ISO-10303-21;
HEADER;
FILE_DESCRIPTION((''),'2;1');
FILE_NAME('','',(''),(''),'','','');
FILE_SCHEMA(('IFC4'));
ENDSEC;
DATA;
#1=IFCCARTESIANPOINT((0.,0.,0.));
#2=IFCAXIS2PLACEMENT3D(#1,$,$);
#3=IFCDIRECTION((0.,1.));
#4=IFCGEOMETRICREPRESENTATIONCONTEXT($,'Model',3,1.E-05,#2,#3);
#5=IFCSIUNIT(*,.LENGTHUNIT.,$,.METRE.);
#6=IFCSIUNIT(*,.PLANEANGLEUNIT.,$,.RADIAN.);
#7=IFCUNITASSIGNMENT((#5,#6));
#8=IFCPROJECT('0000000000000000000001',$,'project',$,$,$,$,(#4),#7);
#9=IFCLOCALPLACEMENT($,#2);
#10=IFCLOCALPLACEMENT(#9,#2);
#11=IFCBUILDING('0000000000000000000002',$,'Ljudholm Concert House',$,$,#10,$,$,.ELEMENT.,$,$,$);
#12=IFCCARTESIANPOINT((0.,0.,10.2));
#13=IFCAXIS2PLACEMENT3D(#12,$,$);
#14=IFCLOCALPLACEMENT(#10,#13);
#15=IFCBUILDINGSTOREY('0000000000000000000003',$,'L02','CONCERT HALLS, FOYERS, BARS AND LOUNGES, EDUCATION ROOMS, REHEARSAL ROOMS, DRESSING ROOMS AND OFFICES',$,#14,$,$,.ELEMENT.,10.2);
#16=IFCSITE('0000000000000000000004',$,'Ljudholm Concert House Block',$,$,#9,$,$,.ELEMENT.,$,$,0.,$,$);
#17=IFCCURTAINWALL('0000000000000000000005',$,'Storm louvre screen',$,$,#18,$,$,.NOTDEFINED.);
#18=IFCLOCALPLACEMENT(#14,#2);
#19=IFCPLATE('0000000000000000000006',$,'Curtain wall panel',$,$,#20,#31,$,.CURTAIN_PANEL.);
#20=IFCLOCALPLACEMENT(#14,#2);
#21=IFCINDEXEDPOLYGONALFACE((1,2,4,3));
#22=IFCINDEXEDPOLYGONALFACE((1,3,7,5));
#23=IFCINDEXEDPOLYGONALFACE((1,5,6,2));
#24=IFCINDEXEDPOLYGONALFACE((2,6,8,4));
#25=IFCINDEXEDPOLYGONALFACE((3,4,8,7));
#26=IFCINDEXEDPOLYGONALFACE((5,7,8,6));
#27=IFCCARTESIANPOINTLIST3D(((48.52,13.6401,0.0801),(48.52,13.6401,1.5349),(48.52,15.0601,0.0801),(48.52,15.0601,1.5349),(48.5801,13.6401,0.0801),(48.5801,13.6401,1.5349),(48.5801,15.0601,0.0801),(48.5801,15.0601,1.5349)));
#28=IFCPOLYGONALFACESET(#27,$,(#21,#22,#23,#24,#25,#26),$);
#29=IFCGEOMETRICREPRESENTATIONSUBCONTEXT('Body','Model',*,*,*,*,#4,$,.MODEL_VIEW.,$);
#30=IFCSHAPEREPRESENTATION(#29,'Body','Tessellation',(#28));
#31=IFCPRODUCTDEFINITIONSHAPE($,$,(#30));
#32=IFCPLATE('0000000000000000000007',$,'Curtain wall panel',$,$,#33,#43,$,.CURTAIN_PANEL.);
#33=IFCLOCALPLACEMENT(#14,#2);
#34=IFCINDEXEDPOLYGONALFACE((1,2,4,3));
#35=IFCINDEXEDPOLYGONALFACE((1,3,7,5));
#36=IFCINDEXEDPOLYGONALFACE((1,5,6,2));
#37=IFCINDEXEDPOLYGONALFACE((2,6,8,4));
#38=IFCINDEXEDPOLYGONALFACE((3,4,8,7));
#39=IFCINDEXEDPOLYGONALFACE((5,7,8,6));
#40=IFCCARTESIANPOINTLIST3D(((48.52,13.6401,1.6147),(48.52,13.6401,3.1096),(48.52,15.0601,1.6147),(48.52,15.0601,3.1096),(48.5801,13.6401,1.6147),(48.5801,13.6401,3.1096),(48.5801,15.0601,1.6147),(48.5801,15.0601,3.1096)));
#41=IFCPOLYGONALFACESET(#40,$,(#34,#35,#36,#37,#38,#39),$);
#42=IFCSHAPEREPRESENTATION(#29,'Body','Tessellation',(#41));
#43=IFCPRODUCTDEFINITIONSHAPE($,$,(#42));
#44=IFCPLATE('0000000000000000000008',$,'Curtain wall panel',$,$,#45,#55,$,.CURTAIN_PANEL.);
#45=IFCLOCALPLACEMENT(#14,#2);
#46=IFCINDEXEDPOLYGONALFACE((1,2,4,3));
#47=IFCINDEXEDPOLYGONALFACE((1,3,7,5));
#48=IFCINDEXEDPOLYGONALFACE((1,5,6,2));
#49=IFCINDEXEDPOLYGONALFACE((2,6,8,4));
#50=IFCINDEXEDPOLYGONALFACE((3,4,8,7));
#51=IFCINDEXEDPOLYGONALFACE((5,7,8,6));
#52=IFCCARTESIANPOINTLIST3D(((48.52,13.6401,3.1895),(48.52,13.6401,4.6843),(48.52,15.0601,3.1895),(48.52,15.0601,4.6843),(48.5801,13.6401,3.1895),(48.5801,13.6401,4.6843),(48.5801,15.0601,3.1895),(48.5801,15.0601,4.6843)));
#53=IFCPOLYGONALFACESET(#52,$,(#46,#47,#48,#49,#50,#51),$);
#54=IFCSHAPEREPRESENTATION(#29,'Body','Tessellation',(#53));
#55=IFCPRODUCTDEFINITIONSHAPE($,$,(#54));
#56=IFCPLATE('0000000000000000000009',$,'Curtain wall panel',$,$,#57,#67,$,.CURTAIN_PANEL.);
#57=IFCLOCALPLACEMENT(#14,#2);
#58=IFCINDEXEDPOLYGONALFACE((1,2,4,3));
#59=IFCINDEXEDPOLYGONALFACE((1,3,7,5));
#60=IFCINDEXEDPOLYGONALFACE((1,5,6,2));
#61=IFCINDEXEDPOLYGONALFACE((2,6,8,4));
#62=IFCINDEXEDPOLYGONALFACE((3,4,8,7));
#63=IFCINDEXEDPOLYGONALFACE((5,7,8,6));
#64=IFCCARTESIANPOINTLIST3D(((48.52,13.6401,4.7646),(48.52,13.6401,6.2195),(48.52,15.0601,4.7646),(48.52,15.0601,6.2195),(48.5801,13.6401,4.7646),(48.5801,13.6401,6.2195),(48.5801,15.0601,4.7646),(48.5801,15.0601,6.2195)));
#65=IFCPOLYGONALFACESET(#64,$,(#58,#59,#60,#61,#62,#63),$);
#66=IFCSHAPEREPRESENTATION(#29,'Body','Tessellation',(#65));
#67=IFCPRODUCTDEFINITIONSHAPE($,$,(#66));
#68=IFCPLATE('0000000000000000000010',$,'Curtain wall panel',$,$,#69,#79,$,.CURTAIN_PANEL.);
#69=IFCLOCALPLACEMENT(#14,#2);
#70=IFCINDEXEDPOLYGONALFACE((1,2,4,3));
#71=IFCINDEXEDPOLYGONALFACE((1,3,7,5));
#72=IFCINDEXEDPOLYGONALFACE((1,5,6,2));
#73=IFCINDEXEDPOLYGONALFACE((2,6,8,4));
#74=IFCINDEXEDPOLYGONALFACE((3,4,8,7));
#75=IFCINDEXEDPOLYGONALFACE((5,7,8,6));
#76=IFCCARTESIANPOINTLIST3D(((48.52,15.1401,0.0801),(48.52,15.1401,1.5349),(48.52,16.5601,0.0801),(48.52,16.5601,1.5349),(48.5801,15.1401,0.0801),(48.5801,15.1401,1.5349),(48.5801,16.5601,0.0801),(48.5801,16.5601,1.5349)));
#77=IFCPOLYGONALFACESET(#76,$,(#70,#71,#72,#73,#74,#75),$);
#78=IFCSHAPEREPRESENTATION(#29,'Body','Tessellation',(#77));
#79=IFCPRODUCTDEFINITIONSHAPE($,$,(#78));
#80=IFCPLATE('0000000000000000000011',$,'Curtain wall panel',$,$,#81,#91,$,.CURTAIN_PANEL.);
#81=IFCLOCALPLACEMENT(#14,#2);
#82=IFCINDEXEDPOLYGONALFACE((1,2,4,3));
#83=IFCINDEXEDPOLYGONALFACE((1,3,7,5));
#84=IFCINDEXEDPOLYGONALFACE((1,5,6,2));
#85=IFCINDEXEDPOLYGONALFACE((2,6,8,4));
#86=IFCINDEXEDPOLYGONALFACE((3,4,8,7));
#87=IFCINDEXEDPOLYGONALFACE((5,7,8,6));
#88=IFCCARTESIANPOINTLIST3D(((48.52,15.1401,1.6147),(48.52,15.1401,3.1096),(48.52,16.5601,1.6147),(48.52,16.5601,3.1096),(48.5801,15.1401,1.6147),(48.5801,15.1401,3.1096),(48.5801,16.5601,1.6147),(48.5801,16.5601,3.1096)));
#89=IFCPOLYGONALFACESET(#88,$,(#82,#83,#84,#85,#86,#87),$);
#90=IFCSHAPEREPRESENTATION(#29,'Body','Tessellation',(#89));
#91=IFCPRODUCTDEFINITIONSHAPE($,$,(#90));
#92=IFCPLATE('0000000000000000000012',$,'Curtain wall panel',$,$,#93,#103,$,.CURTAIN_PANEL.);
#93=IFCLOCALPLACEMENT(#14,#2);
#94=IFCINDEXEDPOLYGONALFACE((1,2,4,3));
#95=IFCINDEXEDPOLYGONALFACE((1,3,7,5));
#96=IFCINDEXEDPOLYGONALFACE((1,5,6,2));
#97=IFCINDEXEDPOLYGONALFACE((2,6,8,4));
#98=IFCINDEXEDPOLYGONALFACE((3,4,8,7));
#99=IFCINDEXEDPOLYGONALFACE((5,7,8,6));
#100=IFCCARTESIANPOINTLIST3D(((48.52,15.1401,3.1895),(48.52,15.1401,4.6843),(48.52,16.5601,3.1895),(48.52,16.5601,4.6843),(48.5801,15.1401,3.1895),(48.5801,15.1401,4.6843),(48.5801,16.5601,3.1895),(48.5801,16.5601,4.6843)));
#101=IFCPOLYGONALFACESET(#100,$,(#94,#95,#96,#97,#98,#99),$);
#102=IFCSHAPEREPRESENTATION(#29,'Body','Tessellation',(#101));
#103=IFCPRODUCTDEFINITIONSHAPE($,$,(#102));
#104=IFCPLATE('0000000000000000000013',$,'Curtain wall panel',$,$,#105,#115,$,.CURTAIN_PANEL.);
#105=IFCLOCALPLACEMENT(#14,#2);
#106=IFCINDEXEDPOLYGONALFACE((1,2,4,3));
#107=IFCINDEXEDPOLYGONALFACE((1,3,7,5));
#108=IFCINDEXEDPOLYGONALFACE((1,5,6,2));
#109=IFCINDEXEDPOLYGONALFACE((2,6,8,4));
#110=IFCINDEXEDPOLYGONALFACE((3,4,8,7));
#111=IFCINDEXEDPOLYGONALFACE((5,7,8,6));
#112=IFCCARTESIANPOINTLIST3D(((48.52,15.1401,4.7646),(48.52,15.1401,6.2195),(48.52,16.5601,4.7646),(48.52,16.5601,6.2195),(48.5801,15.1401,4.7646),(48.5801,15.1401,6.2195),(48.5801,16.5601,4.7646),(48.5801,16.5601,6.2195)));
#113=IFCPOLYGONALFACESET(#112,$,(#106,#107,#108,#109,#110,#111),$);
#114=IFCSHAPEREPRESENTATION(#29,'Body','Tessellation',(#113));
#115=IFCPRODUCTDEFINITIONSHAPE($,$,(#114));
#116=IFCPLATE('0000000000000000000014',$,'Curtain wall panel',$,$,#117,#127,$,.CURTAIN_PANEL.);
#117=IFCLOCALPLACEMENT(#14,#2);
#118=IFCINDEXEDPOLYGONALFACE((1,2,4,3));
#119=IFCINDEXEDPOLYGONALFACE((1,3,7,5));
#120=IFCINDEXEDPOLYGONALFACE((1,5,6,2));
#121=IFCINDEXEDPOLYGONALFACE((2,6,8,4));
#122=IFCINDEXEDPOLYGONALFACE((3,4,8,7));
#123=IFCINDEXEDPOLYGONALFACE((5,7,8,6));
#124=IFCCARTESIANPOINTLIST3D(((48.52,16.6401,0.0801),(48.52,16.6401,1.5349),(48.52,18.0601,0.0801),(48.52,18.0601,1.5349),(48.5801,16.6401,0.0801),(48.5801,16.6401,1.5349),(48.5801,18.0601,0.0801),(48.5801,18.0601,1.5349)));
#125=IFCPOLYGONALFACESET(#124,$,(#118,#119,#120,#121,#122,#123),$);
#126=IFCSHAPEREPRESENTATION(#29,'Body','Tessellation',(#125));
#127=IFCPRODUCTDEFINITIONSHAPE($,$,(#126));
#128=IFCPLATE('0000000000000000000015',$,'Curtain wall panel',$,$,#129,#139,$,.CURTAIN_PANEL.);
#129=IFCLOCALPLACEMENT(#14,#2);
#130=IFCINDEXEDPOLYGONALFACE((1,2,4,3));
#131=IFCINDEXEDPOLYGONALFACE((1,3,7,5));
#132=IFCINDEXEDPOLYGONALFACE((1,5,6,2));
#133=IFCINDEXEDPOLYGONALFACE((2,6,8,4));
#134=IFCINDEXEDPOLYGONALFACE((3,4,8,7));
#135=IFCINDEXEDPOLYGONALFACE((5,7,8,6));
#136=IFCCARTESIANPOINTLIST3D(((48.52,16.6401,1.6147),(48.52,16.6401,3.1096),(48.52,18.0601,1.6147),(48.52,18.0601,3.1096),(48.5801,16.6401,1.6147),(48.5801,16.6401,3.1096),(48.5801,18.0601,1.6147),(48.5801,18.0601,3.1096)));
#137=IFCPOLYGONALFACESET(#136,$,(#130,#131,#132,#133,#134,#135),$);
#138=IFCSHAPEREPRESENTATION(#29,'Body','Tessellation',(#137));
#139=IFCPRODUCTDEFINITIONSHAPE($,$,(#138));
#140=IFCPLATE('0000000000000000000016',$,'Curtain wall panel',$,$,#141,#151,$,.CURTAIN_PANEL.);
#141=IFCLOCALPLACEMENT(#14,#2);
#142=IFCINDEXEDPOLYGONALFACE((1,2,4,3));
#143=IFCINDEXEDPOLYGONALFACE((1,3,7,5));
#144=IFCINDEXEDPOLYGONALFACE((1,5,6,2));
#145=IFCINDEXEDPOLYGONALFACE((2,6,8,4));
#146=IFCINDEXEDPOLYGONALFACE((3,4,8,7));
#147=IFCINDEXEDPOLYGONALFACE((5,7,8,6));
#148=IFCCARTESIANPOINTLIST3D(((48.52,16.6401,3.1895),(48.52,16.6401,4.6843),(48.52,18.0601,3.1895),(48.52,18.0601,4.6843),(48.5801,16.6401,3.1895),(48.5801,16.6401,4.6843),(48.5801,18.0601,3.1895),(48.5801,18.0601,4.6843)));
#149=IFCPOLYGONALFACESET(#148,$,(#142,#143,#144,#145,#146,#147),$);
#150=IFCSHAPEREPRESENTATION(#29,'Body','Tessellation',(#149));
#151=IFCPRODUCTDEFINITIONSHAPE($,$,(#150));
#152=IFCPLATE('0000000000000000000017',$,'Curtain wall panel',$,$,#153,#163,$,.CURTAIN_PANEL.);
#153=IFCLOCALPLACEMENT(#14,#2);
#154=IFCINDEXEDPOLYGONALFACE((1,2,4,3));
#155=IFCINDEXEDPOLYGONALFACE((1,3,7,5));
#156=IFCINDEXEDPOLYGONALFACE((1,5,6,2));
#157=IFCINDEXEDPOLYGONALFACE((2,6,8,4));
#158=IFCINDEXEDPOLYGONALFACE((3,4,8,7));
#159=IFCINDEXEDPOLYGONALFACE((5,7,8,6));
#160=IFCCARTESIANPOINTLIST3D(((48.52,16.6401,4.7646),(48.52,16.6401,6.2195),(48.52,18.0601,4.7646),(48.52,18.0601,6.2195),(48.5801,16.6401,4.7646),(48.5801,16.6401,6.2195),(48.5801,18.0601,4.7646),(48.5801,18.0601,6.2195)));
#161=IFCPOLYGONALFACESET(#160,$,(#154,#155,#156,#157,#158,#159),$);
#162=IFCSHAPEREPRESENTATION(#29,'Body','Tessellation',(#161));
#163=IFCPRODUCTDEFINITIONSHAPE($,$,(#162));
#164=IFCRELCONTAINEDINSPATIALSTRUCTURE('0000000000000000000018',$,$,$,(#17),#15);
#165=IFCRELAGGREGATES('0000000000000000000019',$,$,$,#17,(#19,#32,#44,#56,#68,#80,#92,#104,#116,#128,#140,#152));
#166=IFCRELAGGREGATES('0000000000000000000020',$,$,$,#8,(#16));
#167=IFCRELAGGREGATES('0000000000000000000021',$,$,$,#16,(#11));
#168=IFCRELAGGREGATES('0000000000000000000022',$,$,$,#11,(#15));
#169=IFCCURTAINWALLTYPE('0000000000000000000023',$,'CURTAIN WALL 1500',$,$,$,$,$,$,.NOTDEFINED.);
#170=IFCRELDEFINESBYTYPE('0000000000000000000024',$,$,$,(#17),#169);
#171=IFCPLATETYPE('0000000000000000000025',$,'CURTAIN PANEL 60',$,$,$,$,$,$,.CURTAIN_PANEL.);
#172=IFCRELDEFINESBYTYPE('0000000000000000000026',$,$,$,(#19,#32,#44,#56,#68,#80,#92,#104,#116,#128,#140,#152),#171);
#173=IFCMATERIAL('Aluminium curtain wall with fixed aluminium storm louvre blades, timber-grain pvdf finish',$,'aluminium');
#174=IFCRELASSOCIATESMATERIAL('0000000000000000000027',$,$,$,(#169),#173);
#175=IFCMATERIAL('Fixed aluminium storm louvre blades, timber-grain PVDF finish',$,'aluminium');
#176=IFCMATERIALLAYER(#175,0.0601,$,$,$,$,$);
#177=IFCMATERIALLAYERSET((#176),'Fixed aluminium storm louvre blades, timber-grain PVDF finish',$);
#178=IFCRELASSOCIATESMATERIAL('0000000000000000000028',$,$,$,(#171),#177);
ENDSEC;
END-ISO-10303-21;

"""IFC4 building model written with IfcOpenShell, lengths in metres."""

from ifc_helpers import new_model, si_unit, direction, frame, origin, origin_2d, place, context, subcontext, project, spatial, rectangle, extrude, material, layer, layer_set, type_object, element, aggregate, save


model = new_model("IFC4")

# Units and contexts
model_context = context("Model", 3, precision=1e-05, world=origin(), true_north=direction((0.0, 1.0)))
body_context = subcontext(model_context, "Body", "Model", "MODEL_VIEW")
ifc_project = project(units=[si_unit("LENGTHUNIT", "METRE"), si_unit("PLANEANGLEUNIT", "RADIAN")], contexts=[model_context])

# Site, building, storey
site_placement = place(None, origin())
site = spatial("IfcSite", under=ifc_project, at=site_placement, Name="Ljudholm Concert House Block", CompositionType="ELEMENT", RefElevation=0.0)
building_placement = place(site_placement, origin())
building = spatial("IfcBuilding", under=site, at=building_placement, Name="Ljudholm Concert House", CompositionType="ELEMENT")
storey_placement = place(building_placement, frame((0.0, 0.0, 10.2)))
storey = spatial("IfcBuildingStorey", under=building, at=storey_placement, Name="L02", Description="CONCERT HALLS, FOYERS, BARS AND LOUNGES, EDUCATION ROOMS, REHEARSAL ROOMS, DRESSING ROOMS AND OFFICES", CompositionType="ELEMENT", Elevation=10.2)

# Curtain wall, plates
ifc_material_1 = material(Name="Aluminium curtain wall with fixed aluminium storm louvre blades, timber-grain pvdf finish", Category="aluminium")
curtain_wall_type = type_object("IfcCurtainWallType", Name="CURTAIN WALL 1500", PredefinedType="NOTDEFINED", material=ifc_material_1)
curtain_wall_placement = place(storey_placement, origin())
curtain_wall = element("IfcCurtainWall", 1, at=curtain_wall_placement, inside=storey, type_object=curtain_wall_type, Name="Storm louvre screen", PredefinedType="NOTDEFINED")
ifc_material_2 = material(Name="Fixed aluminium storm louvre blades, timber-grain PVDF finish", Category="aluminium")
ifc_layer = layer(ifc_material_2, 0.0601)
ifc_layer_set = layer_set([ifc_layer], Name="Fixed aluminium storm louvre blades, timber-grain PVDF finish")
plate_type = type_object("IfcPlateType", Name="CURTAIN PANEL 60", PredefinedType="CURTAIN_PANEL", material=ifc_layer_set)
plate_1_placement = place(storey_placement, frame((48.55, 14.3501, 0.0801), z_axis=(0.0, 0.0, 1.0), x_axis=(0.0, 1.0, 0.0)))
plate_1 = element("IfcPlate", 2, at=plate_1_placement, type_object=plate_type, Name="Curtain wall panel", PredefinedType="CURTAIN_PANEL", context=body_context, shape_type="SweptSolid", body=[
    extrude(rectangle(XDim=1.4199, YDim=0.0601, at=origin_2d()), origin(), (0.0, 0.0, 1.0), 1.4548),
])
plate_2_placement = place(storey_placement, frame((48.55, 14.3501, 1.6147), z_axis=(0.0, 0.0, 1.0), x_axis=(0.0, 1.0, 0.0)))
plate_2 = element("IfcPlate", 3, at=plate_2_placement, type_object=plate_type, Name="Curtain wall panel", PredefinedType="CURTAIN_PANEL", context=body_context, shape_type="SweptSolid", body=[
    extrude(rectangle(XDim=1.4199, YDim=0.0601, at=origin_2d()), origin(), (0.0, 0.0, 1.0), 1.4949),
])
plate_3_placement = place(storey_placement, frame((48.55, 14.3501, 3.1895), z_axis=(0.0, 0.0, 1.0), x_axis=(0.0, 1.0, 0.0)))
plate_3 = element("IfcPlate", 4, at=plate_3_placement, type_object=plate_type, Name="Curtain wall panel", PredefinedType="CURTAIN_PANEL", context=body_context, shape_type="SweptSolid", body=[
    extrude(rectangle(XDim=1.4199, YDim=0.0601, at=origin_2d()), origin(), (0.0, 0.0, 1.0), 1.4949),
])
plate_4_placement = place(storey_placement, frame((48.55, 14.3501, 4.7646), z_axis=(0.0, 0.0, 1.0), x_axis=(0.0, 1.0, 0.0)))
plate_4 = element("IfcPlate", 5, at=plate_4_placement, type_object=plate_type, Name="Curtain wall panel", PredefinedType="CURTAIN_PANEL", context=body_context, shape_type="SweptSolid", body=[
    extrude(rectangle(XDim=1.4199, YDim=0.0601, at=origin_2d()), origin(), (0.0, 0.0, 1.0), 1.4548),
])
plate_5_placement = place(storey_placement, frame((48.55, 15.8501, 0.0801), z_axis=(0.0, 0.0, 1.0), x_axis=(0.0, 1.0, 0.0)))
plate_5 = element("IfcPlate", 6, at=plate_5_placement, type_object=plate_type, Name="Curtain wall panel", PredefinedType="CURTAIN_PANEL", context=body_context, shape_type="SweptSolid", body=[
    extrude(rectangle(XDim=1.4199, YDim=0.0601, at=origin_2d()), origin(), (0.0, 0.0, 1.0), 1.4548),
])
plate_6_placement = place(storey_placement, frame((48.55, 15.8501, 1.6147), z_axis=(0.0, 0.0, 1.0), x_axis=(0.0, 1.0, 0.0)))
plate_6 = element("IfcPlate", 7, at=plate_6_placement, type_object=plate_type, Name="Curtain wall panel", PredefinedType="CURTAIN_PANEL", context=body_context, shape_type="SweptSolid", body=[
    extrude(rectangle(XDim=1.4199, YDim=0.0601, at=origin_2d()), origin(), (0.0, 0.0, 1.0), 1.4949),
])
plate_7_placement = place(storey_placement, frame((48.55, 15.8501, 3.1895), z_axis=(0.0, 0.0, 1.0), x_axis=(0.0, 1.0, 0.0)))
plate_7 = element("IfcPlate", 8, at=plate_7_placement, type_object=plate_type, Name="Curtain wall panel", PredefinedType="CURTAIN_PANEL", context=body_context, shape_type="SweptSolid", body=[
    extrude(rectangle(XDim=1.4199, YDim=0.0601, at=origin_2d()), origin(), (0.0, 0.0, 1.0), 1.4949),
])
plate_8_placement = place(storey_placement, frame((48.55, 15.8501, 4.7646), z_axis=(0.0, 0.0, 1.0), x_axis=(0.0, 1.0, 0.0)))
plate_8 = element("IfcPlate", 9, at=plate_8_placement, type_object=plate_type, Name="Curtain wall panel", PredefinedType="CURTAIN_PANEL", context=body_context, shape_type="SweptSolid", body=[
    extrude(rectangle(XDim=1.4199, YDim=0.0601, at=origin_2d()), origin(), (0.0, 0.0, 1.0), 1.4548),
])
plate_9_placement = place(storey_placement, frame((48.55, 17.3501, 0.0801), z_axis=(0.0, 0.0, 1.0), x_axis=(0.0, 1.0, 0.0)))
plate_9 = element("IfcPlate", 10, at=plate_9_placement, type_object=plate_type, Name="Curtain wall panel", PredefinedType="CURTAIN_PANEL", context=body_context, shape_type="SweptSolid", body=[
    extrude(rectangle(XDim=1.4199, YDim=0.0601, at=origin_2d()), origin(), (0.0, 0.0, 1.0), 1.4548),
])
plate_10_placement = place(storey_placement, frame((48.55, 17.3501, 1.6147), z_axis=(0.0, 0.0, 1.0), x_axis=(0.0, 1.0, 0.0)))
plate_10 = element("IfcPlate", 11, at=plate_10_placement, type_object=plate_type, Name="Curtain wall panel", PredefinedType="CURTAIN_PANEL", context=body_context, shape_type="SweptSolid", body=[
    extrude(rectangle(XDim=1.4199, YDim=0.0601, at=origin_2d()), origin(), (0.0, 0.0, 1.0), 1.4949),
])
plate_11_placement = place(storey_placement, frame((48.55, 17.3501, 3.1895), z_axis=(0.0, 0.0, 1.0), x_axis=(0.0, 1.0, 0.0)))
plate_11 = element("IfcPlate", 12, at=plate_11_placement, type_object=plate_type, Name="Curtain wall panel", PredefinedType="CURTAIN_PANEL", context=body_context, shape_type="SweptSolid", body=[
    extrude(rectangle(XDim=1.4199, YDim=0.0601, at=origin_2d()), origin(), (0.0, 0.0, 1.0), 1.4949),
])
plate_12_placement = place(storey_placement, frame((48.55, 17.3501, 4.7646), z_axis=(0.0, 0.0, 1.0), x_axis=(0.0, 1.0, 0.0)))
plate_12 = element("IfcPlate", 13, at=plate_12_placement, type_object=plate_type, Name="Curtain wall panel", PredefinedType="CURTAIN_PANEL", context=body_context, shape_type="SweptSolid", body=[
    extrude(rectangle(XDim=1.4199, YDim=0.0601, at=origin_2d()), origin(), (0.0, 0.0, 1.0), 1.4548),
])
aggregate(curtain_wall, [plate_1, plate_2, plate_3, plate_4, plate_5, plate_6, plate_7, plate_8, plate_9, plate_10, plate_11, plate_12])

save(model, "model.ifc")
